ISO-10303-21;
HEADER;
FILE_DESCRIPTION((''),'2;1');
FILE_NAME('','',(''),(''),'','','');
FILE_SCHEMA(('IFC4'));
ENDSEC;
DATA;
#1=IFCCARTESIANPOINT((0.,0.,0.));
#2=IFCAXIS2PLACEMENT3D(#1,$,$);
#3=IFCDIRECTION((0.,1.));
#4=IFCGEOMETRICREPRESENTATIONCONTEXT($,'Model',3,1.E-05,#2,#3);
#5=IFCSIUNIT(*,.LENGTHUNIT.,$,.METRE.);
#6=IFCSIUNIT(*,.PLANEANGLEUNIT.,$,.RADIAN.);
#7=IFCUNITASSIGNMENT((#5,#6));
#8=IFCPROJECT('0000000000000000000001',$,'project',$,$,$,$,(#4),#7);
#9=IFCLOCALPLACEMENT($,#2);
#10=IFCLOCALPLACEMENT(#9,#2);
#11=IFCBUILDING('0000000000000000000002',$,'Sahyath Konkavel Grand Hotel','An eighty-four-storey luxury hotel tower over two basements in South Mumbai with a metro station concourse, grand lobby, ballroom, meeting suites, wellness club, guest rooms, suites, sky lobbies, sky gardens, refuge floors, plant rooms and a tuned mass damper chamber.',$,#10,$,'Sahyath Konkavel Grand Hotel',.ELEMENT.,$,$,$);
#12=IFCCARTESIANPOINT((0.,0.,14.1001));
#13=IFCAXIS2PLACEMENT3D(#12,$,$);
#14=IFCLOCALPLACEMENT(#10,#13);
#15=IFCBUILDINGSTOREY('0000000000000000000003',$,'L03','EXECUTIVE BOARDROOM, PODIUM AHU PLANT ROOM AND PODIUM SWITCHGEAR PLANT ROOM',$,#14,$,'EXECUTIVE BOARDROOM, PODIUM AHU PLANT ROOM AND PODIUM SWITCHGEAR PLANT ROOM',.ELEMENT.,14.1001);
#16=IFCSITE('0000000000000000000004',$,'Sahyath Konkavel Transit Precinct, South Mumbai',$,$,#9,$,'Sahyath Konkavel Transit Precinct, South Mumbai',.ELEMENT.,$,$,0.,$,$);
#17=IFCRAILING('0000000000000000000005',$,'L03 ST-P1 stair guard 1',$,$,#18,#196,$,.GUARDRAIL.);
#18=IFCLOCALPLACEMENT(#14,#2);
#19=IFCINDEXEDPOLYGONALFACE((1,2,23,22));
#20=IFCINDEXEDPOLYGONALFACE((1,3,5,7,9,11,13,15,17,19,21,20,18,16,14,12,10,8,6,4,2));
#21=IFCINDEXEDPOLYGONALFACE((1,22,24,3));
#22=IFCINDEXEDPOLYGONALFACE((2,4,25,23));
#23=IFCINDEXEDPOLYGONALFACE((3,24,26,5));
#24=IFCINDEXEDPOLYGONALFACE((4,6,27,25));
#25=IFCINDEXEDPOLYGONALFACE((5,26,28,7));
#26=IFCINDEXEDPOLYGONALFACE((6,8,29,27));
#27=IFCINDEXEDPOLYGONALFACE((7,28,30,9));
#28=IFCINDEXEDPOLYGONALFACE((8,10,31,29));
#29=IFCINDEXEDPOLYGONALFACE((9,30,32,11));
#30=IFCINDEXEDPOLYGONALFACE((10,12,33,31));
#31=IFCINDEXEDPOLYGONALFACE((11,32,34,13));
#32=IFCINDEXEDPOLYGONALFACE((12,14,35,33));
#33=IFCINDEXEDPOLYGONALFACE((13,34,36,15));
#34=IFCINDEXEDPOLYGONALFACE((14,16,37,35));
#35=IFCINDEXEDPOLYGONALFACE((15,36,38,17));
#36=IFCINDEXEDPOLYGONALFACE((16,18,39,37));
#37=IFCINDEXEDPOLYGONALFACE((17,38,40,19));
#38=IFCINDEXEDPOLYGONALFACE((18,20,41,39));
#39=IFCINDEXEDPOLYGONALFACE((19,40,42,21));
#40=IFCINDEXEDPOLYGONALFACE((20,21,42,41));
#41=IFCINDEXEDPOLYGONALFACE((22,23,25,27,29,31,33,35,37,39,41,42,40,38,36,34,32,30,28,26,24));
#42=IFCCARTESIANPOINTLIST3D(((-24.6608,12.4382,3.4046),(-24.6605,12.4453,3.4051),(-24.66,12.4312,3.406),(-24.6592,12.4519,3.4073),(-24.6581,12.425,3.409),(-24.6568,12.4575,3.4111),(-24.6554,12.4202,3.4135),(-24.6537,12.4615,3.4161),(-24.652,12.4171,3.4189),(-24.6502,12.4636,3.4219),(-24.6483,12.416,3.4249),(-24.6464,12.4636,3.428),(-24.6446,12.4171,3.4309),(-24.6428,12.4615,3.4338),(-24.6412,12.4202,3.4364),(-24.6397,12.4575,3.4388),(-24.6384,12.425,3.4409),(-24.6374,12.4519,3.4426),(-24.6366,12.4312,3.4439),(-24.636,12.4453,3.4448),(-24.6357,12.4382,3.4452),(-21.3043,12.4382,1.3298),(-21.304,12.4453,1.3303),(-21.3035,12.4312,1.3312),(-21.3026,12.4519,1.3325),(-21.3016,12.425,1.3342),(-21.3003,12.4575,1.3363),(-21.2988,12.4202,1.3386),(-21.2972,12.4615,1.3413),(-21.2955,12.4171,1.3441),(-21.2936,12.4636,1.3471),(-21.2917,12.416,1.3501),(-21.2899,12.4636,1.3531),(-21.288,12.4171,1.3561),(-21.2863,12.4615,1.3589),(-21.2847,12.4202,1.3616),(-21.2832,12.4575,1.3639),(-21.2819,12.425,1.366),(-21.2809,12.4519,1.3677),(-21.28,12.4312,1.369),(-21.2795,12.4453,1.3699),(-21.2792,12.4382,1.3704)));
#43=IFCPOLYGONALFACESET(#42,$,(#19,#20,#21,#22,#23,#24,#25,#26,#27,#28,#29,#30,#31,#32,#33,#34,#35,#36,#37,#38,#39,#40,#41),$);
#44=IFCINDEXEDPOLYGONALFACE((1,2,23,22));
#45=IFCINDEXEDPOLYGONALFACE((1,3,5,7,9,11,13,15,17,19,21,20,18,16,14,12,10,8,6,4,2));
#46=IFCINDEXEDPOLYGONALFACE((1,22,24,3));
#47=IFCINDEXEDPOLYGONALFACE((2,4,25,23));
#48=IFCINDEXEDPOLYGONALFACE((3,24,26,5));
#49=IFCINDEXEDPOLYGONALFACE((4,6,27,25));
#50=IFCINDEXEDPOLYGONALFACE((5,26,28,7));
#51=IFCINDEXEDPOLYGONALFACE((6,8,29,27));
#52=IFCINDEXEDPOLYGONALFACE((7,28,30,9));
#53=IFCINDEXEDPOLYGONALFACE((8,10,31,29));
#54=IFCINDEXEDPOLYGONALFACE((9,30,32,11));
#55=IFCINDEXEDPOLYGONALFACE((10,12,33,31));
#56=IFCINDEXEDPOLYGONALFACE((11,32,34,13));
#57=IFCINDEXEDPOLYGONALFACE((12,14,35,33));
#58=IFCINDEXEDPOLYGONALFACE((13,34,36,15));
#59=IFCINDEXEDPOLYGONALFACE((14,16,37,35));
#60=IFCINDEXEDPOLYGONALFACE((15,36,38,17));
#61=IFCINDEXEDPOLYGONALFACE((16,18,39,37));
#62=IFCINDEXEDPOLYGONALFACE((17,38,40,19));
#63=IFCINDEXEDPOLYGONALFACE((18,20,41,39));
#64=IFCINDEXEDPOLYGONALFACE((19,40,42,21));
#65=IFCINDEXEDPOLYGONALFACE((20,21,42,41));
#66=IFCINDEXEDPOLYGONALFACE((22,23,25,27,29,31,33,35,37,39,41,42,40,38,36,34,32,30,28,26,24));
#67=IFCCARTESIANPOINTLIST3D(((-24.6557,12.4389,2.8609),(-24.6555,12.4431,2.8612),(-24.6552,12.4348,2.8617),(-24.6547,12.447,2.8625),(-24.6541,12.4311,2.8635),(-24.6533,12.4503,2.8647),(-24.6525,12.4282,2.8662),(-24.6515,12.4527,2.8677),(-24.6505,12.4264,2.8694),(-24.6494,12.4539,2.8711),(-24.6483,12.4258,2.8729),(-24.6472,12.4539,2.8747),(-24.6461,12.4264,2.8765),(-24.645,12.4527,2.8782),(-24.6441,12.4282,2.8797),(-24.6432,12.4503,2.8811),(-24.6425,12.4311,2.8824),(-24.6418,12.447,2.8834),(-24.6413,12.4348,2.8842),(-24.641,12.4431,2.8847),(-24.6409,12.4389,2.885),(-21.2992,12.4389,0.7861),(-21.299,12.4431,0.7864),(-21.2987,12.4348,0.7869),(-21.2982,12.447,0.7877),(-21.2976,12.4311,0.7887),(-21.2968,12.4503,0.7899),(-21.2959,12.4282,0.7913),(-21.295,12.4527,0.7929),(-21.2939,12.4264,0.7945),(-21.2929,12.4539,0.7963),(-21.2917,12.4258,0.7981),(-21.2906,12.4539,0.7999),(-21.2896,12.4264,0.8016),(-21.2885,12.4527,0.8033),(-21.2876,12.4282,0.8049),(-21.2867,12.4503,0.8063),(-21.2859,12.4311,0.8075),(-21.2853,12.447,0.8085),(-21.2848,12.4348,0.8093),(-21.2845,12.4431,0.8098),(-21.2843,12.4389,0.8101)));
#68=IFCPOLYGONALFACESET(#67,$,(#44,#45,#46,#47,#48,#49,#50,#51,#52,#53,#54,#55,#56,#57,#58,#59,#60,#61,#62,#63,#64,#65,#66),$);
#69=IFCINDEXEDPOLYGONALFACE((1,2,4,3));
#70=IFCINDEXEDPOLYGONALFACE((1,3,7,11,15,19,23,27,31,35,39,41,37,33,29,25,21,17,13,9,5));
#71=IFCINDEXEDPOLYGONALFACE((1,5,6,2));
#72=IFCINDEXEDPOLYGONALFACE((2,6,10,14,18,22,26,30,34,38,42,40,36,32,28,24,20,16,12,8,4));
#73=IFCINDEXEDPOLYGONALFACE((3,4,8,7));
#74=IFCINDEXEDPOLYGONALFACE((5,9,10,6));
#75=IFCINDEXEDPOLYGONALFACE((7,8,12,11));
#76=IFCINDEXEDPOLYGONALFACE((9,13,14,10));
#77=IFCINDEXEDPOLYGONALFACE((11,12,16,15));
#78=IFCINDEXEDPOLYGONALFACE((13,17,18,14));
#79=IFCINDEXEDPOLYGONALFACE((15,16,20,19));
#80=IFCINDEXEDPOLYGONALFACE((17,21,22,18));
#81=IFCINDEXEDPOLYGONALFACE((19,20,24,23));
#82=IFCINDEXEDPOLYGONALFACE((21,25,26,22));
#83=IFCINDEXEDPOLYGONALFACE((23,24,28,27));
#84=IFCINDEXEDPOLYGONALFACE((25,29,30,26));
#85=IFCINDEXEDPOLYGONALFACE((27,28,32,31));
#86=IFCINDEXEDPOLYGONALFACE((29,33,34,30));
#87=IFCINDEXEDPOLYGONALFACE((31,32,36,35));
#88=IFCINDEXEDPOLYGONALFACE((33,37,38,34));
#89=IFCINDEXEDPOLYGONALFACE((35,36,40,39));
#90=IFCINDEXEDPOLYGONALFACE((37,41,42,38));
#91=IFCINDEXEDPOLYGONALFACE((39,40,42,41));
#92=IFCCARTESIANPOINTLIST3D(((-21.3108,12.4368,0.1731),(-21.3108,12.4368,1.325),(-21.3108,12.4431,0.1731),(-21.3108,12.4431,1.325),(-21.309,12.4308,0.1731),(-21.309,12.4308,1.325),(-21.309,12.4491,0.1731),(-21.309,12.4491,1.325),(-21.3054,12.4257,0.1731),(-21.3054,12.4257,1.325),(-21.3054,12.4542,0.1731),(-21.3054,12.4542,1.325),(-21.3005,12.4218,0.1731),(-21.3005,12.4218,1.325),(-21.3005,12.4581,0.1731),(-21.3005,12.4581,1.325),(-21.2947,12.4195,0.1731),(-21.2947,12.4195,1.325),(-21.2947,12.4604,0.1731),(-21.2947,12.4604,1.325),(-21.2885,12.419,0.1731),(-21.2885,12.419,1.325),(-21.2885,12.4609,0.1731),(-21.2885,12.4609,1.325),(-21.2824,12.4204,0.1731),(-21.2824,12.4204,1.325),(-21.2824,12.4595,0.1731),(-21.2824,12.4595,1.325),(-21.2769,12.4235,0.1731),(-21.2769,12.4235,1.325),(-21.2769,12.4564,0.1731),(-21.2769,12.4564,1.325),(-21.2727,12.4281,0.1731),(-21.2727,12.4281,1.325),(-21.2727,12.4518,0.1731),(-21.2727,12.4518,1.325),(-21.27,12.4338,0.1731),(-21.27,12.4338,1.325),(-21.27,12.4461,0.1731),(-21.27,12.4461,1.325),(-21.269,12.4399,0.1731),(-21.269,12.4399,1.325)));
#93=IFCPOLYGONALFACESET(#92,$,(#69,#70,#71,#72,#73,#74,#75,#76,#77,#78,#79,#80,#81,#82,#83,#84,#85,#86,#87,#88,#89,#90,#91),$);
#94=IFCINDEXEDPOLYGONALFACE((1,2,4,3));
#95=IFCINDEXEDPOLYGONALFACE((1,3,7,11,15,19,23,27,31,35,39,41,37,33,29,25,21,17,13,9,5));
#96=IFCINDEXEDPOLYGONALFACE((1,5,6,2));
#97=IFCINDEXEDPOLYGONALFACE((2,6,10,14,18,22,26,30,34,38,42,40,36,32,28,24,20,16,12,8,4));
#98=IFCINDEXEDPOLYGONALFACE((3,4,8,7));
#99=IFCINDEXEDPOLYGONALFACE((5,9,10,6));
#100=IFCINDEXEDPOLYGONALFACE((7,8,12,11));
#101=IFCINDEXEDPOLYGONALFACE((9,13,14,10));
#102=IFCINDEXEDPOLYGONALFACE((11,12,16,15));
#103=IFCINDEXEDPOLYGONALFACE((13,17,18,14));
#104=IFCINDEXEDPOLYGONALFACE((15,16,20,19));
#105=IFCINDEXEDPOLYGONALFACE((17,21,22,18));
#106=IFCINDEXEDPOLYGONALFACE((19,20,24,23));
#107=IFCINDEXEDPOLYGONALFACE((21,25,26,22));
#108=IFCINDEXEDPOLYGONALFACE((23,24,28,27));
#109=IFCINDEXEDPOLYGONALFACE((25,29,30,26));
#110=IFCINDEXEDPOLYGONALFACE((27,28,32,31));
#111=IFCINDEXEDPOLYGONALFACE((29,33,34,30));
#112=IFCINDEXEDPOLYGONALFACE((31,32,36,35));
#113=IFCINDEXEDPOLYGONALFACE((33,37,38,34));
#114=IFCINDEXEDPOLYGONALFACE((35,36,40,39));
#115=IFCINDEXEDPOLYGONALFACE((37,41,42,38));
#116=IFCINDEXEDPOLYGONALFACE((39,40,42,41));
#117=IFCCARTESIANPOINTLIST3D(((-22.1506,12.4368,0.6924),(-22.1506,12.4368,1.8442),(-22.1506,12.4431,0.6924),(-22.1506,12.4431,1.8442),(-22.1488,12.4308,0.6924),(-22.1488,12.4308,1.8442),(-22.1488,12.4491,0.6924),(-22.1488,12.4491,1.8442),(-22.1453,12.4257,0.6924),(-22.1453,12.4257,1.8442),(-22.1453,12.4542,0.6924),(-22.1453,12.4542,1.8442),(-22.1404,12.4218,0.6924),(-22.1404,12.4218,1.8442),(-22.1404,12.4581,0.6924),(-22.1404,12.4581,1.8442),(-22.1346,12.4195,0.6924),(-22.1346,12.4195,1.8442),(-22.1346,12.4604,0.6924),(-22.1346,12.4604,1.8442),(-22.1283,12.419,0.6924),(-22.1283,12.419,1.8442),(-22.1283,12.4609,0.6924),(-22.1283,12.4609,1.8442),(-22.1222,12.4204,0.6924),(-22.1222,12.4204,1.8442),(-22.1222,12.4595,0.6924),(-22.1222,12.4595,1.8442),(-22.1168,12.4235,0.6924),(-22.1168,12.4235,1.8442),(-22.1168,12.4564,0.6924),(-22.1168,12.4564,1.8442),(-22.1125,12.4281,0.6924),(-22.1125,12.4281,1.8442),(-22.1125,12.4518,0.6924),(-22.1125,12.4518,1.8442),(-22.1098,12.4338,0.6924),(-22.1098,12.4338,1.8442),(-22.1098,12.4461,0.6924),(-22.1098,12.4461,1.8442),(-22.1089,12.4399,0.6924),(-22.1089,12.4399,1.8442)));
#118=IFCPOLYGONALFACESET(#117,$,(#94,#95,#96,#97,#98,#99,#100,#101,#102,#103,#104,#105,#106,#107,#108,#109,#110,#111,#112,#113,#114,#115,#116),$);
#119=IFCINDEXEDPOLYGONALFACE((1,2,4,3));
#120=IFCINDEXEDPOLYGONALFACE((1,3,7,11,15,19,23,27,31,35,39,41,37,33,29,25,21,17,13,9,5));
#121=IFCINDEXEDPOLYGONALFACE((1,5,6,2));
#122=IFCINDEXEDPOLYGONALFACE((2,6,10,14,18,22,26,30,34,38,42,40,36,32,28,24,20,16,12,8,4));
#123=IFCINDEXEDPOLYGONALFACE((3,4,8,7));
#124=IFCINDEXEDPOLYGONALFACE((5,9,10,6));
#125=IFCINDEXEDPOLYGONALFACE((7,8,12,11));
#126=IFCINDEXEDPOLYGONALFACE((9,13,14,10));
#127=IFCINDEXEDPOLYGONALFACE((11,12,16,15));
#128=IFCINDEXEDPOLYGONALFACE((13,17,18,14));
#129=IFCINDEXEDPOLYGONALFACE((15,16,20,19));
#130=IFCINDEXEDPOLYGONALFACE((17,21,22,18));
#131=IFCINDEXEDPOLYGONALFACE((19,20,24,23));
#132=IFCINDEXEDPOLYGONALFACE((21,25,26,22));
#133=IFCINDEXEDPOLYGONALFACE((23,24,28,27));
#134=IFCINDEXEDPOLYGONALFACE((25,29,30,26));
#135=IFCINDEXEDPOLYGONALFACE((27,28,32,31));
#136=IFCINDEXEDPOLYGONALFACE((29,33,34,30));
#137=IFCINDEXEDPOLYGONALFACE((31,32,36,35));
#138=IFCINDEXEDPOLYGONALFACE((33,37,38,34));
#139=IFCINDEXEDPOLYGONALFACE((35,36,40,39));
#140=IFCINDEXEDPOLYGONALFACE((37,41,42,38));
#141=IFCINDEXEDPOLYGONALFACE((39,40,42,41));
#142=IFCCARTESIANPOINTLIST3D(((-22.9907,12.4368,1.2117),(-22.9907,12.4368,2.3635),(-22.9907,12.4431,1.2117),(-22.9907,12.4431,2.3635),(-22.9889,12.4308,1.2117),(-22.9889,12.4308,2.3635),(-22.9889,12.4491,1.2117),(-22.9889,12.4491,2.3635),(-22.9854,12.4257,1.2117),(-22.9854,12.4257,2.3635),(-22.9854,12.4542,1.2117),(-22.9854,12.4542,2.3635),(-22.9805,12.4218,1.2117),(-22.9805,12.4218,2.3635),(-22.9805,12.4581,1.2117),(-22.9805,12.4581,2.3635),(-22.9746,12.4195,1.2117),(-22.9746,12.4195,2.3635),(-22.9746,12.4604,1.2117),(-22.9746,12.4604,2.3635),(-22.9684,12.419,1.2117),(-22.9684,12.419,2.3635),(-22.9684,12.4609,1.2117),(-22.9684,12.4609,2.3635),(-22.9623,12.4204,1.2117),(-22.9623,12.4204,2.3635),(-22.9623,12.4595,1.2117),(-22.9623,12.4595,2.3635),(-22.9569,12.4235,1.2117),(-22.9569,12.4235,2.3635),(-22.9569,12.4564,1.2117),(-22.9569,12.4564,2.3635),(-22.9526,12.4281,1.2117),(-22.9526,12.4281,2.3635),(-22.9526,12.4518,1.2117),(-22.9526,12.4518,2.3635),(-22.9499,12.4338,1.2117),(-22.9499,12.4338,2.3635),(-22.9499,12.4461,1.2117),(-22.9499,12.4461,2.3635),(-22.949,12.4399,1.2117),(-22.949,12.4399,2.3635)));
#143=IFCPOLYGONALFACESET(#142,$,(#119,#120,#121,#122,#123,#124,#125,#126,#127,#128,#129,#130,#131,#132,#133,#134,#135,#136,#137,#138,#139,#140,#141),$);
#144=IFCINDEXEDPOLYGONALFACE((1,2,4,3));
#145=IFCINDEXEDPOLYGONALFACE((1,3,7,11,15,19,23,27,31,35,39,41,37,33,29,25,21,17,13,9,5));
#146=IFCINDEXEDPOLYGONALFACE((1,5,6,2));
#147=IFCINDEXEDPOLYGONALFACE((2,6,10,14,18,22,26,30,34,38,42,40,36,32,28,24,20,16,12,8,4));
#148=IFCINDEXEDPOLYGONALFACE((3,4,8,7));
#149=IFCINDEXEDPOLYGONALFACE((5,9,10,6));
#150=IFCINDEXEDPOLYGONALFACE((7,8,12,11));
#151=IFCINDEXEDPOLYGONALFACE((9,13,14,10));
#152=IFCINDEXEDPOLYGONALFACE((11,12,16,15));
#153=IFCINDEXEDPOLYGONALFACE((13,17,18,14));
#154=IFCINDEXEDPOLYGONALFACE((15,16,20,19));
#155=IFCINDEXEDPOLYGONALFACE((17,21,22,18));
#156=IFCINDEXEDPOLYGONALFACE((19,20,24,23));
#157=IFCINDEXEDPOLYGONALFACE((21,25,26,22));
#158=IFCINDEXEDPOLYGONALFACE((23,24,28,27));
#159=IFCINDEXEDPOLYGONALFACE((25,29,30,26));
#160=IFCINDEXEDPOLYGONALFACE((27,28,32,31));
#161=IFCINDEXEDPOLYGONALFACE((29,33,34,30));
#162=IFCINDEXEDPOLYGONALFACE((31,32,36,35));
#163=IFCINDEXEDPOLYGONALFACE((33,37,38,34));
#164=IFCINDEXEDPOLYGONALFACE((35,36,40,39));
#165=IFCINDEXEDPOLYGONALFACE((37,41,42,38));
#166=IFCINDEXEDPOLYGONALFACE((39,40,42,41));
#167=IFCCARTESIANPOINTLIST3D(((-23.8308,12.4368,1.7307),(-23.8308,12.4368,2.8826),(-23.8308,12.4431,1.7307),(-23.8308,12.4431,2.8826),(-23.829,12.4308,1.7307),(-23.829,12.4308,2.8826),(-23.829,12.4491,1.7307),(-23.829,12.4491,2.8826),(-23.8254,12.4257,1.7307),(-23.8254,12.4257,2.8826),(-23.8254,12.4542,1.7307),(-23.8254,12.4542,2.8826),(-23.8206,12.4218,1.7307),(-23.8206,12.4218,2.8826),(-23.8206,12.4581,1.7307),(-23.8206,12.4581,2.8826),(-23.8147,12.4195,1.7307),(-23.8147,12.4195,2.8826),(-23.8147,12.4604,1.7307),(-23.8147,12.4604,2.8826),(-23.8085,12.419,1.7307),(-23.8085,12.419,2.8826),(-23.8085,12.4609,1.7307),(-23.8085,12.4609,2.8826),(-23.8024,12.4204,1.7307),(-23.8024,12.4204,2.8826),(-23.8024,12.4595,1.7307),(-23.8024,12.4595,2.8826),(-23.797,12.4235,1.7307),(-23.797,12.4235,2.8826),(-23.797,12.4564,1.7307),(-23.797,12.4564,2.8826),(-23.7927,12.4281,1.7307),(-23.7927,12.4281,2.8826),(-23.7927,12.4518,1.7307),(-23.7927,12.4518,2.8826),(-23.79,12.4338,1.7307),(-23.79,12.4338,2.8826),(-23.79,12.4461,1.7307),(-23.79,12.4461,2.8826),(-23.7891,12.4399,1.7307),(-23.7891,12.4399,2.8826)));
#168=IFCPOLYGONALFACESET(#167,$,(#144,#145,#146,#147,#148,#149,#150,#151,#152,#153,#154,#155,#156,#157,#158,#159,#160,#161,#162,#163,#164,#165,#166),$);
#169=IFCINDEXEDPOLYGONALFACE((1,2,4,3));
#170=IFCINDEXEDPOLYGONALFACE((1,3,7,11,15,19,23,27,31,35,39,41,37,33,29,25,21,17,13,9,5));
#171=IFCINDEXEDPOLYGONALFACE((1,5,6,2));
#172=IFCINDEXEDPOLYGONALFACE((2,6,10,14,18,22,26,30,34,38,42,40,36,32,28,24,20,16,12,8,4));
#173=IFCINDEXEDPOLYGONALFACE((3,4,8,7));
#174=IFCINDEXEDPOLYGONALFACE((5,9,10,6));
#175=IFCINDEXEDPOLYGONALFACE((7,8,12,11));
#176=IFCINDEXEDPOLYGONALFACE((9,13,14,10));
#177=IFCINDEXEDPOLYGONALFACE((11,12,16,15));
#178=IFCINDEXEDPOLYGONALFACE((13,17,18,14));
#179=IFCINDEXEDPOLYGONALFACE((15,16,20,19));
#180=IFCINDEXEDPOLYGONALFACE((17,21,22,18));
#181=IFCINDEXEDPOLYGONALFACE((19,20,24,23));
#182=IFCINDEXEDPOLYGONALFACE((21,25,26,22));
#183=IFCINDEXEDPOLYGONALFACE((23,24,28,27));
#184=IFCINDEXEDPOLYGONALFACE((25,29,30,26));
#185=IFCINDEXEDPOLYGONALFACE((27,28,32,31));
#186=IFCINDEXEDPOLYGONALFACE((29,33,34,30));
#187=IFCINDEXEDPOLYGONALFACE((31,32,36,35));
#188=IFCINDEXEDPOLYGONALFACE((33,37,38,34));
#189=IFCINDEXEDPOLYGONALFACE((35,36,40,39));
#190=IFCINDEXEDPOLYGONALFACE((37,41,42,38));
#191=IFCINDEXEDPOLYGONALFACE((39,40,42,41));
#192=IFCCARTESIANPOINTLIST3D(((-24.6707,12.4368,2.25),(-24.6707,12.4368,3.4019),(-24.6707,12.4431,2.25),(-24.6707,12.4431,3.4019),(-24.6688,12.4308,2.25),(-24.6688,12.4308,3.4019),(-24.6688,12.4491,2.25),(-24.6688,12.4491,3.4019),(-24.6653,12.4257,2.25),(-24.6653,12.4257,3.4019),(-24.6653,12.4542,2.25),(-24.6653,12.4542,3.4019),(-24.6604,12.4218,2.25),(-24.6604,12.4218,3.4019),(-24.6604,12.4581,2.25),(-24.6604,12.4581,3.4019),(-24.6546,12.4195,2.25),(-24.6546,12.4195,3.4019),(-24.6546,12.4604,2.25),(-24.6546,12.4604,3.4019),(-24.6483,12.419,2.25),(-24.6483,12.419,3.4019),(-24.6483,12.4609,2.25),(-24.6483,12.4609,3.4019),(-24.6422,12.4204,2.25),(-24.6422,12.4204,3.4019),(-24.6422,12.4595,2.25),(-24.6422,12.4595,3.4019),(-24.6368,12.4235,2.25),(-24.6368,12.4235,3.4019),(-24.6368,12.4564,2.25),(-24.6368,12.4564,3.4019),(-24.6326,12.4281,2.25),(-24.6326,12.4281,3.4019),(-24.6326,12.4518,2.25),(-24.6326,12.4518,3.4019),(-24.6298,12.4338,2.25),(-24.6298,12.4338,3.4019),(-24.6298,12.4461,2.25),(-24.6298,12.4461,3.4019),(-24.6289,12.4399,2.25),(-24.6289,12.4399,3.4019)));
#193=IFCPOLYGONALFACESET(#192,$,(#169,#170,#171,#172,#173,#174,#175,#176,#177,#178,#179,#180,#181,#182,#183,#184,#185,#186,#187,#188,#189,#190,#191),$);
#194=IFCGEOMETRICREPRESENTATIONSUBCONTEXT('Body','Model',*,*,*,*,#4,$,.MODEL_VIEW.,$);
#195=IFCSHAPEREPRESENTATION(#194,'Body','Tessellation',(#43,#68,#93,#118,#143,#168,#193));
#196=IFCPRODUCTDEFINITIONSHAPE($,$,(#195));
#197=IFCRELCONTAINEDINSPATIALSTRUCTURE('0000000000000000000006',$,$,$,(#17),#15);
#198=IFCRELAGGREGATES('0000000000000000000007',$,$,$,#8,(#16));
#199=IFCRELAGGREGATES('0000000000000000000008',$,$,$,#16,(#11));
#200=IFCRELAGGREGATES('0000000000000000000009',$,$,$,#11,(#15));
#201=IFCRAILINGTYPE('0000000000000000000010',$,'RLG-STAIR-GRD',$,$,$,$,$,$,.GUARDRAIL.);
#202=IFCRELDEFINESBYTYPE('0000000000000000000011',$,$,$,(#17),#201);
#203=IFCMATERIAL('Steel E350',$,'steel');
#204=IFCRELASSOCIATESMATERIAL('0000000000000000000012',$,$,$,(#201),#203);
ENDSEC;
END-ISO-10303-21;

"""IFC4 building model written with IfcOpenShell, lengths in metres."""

from ifc_helpers import new_model, si_unit, direction, frame, origin, origin_2d, place, context, subcontext, project, spatial, circle, extrude, material, type_object, element, save


model = new_model("IFC4")

# Units and contexts
model_context = context("Model", 3, precision=1e-05, world=origin(), true_north=direction((0.0, 1.0)))
body_context = subcontext(model_context, "Body", "Model", "MODEL_VIEW")
ifc_project = project(units=[si_unit("LENGTHUNIT", "METRE"), si_unit("PLANEANGLEUNIT", "RADIAN")], contexts=[model_context])

# Site, building, storey
site_placement = place(None, origin())
site = spatial("IfcSite", under=ifc_project, at=site_placement, Name="Sahyath Konkavel Transit Precinct, South Mumbai", LongName="Sahyath Konkavel Transit Precinct, South Mumbai", CompositionType="ELEMENT", RefElevation=0.0)
building_placement = place(site_placement, origin())
building = spatial("IfcBuilding", under=site, at=building_placement, Name="Sahyath Konkavel Grand Hotel", Description="An eighty-four-storey luxury hotel tower over two basements in South Mumbai with a metro station concourse, grand lobby, ballroom, meeting suites, wellness club, guest rooms, suites, sky lobbies, sky gardens, refuge floors, plant rooms and a tuned mass damper chamber.", LongName="Sahyath Konkavel Grand Hotel", CompositionType="ELEMENT")
storey_placement = place(building_placement, frame((0.0, 0.0, 14.1001)))
storey = spatial("IfcBuildingStorey", under=building, at=storey_placement, Name="L03", Description="EXECUTIVE BOARDROOM, PODIUM AHU PLANT ROOM AND PODIUM SWITCHGEAR PLANT ROOM", LongName="EXECUTIVE BOARDROOM, PODIUM AHU PLANT ROOM AND PODIUM SWITCHGEAR PLANT ROOM", CompositionType="ELEMENT", Elevation=14.1001)

# Shared definitions
ifc_material_1 = material(Name="Steel E350", Category="steel")

# Railing
railing_type_1 = type_object("IfcRailingType", Name="RLG-STAIR-GRD", PredefinedType="GUARDRAIL", material=ifc_material_1)
railing_1_placement = place(storey_placement, frame((-21.29, 12.4399, 0.1731)))
element("IfcRailing", 1, at=railing_1_placement, inside=storey, type_object=railing_type_1, Name="L03 ST-P1 stair guard 1", PredefinedType="GUARDRAIL", context=body_context, shape_type="SweptSolid", body=[
    extrude(circle(Radius=0.0239, at=origin_2d()), frame((-0.0017, 0.0, 1.177), z_axis=(-0.850606, 0.0, 0.525803), x_axis=(0.0, -1.0, 0.0)), (0.0, 0.0, 1.0), 3.946),
    extrude(circle(Radius=0.0142, at=origin_2d()), frame((-0.0017, 0.0, 0.625), z_axis=(-0.850606, 0.0, 0.525803), x_axis=(0.0, -1.0, 0.0)), (0.0, 0.0, 1.0), 3.946),
    extrude(circle(Radius=0.021, at=origin_2d()), origin(), (0.0, 0.0, 1.0), 1.1519),
    extrude(circle(Radius=0.021, at=origin_2d()), frame((-0.8398, 0.0, 0.5193)), (0.0, 0.0, 1.0), 1.1519),
    extrude(circle(Radius=0.021, at=origin_2d()), frame((-1.6799, 0.0, 1.0386)), (0.0, 0.0, 1.0), 1.1519),
    extrude(circle(Radius=0.021, at=origin_2d()), frame((-2.52, 0.0, 1.5576)), (0.0, 0.0, 1.0), 1.1519),
    extrude(circle(Radius=0.021, at=origin_2d()), frame((-3.3599, 0.0, 2.0769)), (0.0, 0.0, 1.0), 1.1519),
])

save(model, "model.ifc")
